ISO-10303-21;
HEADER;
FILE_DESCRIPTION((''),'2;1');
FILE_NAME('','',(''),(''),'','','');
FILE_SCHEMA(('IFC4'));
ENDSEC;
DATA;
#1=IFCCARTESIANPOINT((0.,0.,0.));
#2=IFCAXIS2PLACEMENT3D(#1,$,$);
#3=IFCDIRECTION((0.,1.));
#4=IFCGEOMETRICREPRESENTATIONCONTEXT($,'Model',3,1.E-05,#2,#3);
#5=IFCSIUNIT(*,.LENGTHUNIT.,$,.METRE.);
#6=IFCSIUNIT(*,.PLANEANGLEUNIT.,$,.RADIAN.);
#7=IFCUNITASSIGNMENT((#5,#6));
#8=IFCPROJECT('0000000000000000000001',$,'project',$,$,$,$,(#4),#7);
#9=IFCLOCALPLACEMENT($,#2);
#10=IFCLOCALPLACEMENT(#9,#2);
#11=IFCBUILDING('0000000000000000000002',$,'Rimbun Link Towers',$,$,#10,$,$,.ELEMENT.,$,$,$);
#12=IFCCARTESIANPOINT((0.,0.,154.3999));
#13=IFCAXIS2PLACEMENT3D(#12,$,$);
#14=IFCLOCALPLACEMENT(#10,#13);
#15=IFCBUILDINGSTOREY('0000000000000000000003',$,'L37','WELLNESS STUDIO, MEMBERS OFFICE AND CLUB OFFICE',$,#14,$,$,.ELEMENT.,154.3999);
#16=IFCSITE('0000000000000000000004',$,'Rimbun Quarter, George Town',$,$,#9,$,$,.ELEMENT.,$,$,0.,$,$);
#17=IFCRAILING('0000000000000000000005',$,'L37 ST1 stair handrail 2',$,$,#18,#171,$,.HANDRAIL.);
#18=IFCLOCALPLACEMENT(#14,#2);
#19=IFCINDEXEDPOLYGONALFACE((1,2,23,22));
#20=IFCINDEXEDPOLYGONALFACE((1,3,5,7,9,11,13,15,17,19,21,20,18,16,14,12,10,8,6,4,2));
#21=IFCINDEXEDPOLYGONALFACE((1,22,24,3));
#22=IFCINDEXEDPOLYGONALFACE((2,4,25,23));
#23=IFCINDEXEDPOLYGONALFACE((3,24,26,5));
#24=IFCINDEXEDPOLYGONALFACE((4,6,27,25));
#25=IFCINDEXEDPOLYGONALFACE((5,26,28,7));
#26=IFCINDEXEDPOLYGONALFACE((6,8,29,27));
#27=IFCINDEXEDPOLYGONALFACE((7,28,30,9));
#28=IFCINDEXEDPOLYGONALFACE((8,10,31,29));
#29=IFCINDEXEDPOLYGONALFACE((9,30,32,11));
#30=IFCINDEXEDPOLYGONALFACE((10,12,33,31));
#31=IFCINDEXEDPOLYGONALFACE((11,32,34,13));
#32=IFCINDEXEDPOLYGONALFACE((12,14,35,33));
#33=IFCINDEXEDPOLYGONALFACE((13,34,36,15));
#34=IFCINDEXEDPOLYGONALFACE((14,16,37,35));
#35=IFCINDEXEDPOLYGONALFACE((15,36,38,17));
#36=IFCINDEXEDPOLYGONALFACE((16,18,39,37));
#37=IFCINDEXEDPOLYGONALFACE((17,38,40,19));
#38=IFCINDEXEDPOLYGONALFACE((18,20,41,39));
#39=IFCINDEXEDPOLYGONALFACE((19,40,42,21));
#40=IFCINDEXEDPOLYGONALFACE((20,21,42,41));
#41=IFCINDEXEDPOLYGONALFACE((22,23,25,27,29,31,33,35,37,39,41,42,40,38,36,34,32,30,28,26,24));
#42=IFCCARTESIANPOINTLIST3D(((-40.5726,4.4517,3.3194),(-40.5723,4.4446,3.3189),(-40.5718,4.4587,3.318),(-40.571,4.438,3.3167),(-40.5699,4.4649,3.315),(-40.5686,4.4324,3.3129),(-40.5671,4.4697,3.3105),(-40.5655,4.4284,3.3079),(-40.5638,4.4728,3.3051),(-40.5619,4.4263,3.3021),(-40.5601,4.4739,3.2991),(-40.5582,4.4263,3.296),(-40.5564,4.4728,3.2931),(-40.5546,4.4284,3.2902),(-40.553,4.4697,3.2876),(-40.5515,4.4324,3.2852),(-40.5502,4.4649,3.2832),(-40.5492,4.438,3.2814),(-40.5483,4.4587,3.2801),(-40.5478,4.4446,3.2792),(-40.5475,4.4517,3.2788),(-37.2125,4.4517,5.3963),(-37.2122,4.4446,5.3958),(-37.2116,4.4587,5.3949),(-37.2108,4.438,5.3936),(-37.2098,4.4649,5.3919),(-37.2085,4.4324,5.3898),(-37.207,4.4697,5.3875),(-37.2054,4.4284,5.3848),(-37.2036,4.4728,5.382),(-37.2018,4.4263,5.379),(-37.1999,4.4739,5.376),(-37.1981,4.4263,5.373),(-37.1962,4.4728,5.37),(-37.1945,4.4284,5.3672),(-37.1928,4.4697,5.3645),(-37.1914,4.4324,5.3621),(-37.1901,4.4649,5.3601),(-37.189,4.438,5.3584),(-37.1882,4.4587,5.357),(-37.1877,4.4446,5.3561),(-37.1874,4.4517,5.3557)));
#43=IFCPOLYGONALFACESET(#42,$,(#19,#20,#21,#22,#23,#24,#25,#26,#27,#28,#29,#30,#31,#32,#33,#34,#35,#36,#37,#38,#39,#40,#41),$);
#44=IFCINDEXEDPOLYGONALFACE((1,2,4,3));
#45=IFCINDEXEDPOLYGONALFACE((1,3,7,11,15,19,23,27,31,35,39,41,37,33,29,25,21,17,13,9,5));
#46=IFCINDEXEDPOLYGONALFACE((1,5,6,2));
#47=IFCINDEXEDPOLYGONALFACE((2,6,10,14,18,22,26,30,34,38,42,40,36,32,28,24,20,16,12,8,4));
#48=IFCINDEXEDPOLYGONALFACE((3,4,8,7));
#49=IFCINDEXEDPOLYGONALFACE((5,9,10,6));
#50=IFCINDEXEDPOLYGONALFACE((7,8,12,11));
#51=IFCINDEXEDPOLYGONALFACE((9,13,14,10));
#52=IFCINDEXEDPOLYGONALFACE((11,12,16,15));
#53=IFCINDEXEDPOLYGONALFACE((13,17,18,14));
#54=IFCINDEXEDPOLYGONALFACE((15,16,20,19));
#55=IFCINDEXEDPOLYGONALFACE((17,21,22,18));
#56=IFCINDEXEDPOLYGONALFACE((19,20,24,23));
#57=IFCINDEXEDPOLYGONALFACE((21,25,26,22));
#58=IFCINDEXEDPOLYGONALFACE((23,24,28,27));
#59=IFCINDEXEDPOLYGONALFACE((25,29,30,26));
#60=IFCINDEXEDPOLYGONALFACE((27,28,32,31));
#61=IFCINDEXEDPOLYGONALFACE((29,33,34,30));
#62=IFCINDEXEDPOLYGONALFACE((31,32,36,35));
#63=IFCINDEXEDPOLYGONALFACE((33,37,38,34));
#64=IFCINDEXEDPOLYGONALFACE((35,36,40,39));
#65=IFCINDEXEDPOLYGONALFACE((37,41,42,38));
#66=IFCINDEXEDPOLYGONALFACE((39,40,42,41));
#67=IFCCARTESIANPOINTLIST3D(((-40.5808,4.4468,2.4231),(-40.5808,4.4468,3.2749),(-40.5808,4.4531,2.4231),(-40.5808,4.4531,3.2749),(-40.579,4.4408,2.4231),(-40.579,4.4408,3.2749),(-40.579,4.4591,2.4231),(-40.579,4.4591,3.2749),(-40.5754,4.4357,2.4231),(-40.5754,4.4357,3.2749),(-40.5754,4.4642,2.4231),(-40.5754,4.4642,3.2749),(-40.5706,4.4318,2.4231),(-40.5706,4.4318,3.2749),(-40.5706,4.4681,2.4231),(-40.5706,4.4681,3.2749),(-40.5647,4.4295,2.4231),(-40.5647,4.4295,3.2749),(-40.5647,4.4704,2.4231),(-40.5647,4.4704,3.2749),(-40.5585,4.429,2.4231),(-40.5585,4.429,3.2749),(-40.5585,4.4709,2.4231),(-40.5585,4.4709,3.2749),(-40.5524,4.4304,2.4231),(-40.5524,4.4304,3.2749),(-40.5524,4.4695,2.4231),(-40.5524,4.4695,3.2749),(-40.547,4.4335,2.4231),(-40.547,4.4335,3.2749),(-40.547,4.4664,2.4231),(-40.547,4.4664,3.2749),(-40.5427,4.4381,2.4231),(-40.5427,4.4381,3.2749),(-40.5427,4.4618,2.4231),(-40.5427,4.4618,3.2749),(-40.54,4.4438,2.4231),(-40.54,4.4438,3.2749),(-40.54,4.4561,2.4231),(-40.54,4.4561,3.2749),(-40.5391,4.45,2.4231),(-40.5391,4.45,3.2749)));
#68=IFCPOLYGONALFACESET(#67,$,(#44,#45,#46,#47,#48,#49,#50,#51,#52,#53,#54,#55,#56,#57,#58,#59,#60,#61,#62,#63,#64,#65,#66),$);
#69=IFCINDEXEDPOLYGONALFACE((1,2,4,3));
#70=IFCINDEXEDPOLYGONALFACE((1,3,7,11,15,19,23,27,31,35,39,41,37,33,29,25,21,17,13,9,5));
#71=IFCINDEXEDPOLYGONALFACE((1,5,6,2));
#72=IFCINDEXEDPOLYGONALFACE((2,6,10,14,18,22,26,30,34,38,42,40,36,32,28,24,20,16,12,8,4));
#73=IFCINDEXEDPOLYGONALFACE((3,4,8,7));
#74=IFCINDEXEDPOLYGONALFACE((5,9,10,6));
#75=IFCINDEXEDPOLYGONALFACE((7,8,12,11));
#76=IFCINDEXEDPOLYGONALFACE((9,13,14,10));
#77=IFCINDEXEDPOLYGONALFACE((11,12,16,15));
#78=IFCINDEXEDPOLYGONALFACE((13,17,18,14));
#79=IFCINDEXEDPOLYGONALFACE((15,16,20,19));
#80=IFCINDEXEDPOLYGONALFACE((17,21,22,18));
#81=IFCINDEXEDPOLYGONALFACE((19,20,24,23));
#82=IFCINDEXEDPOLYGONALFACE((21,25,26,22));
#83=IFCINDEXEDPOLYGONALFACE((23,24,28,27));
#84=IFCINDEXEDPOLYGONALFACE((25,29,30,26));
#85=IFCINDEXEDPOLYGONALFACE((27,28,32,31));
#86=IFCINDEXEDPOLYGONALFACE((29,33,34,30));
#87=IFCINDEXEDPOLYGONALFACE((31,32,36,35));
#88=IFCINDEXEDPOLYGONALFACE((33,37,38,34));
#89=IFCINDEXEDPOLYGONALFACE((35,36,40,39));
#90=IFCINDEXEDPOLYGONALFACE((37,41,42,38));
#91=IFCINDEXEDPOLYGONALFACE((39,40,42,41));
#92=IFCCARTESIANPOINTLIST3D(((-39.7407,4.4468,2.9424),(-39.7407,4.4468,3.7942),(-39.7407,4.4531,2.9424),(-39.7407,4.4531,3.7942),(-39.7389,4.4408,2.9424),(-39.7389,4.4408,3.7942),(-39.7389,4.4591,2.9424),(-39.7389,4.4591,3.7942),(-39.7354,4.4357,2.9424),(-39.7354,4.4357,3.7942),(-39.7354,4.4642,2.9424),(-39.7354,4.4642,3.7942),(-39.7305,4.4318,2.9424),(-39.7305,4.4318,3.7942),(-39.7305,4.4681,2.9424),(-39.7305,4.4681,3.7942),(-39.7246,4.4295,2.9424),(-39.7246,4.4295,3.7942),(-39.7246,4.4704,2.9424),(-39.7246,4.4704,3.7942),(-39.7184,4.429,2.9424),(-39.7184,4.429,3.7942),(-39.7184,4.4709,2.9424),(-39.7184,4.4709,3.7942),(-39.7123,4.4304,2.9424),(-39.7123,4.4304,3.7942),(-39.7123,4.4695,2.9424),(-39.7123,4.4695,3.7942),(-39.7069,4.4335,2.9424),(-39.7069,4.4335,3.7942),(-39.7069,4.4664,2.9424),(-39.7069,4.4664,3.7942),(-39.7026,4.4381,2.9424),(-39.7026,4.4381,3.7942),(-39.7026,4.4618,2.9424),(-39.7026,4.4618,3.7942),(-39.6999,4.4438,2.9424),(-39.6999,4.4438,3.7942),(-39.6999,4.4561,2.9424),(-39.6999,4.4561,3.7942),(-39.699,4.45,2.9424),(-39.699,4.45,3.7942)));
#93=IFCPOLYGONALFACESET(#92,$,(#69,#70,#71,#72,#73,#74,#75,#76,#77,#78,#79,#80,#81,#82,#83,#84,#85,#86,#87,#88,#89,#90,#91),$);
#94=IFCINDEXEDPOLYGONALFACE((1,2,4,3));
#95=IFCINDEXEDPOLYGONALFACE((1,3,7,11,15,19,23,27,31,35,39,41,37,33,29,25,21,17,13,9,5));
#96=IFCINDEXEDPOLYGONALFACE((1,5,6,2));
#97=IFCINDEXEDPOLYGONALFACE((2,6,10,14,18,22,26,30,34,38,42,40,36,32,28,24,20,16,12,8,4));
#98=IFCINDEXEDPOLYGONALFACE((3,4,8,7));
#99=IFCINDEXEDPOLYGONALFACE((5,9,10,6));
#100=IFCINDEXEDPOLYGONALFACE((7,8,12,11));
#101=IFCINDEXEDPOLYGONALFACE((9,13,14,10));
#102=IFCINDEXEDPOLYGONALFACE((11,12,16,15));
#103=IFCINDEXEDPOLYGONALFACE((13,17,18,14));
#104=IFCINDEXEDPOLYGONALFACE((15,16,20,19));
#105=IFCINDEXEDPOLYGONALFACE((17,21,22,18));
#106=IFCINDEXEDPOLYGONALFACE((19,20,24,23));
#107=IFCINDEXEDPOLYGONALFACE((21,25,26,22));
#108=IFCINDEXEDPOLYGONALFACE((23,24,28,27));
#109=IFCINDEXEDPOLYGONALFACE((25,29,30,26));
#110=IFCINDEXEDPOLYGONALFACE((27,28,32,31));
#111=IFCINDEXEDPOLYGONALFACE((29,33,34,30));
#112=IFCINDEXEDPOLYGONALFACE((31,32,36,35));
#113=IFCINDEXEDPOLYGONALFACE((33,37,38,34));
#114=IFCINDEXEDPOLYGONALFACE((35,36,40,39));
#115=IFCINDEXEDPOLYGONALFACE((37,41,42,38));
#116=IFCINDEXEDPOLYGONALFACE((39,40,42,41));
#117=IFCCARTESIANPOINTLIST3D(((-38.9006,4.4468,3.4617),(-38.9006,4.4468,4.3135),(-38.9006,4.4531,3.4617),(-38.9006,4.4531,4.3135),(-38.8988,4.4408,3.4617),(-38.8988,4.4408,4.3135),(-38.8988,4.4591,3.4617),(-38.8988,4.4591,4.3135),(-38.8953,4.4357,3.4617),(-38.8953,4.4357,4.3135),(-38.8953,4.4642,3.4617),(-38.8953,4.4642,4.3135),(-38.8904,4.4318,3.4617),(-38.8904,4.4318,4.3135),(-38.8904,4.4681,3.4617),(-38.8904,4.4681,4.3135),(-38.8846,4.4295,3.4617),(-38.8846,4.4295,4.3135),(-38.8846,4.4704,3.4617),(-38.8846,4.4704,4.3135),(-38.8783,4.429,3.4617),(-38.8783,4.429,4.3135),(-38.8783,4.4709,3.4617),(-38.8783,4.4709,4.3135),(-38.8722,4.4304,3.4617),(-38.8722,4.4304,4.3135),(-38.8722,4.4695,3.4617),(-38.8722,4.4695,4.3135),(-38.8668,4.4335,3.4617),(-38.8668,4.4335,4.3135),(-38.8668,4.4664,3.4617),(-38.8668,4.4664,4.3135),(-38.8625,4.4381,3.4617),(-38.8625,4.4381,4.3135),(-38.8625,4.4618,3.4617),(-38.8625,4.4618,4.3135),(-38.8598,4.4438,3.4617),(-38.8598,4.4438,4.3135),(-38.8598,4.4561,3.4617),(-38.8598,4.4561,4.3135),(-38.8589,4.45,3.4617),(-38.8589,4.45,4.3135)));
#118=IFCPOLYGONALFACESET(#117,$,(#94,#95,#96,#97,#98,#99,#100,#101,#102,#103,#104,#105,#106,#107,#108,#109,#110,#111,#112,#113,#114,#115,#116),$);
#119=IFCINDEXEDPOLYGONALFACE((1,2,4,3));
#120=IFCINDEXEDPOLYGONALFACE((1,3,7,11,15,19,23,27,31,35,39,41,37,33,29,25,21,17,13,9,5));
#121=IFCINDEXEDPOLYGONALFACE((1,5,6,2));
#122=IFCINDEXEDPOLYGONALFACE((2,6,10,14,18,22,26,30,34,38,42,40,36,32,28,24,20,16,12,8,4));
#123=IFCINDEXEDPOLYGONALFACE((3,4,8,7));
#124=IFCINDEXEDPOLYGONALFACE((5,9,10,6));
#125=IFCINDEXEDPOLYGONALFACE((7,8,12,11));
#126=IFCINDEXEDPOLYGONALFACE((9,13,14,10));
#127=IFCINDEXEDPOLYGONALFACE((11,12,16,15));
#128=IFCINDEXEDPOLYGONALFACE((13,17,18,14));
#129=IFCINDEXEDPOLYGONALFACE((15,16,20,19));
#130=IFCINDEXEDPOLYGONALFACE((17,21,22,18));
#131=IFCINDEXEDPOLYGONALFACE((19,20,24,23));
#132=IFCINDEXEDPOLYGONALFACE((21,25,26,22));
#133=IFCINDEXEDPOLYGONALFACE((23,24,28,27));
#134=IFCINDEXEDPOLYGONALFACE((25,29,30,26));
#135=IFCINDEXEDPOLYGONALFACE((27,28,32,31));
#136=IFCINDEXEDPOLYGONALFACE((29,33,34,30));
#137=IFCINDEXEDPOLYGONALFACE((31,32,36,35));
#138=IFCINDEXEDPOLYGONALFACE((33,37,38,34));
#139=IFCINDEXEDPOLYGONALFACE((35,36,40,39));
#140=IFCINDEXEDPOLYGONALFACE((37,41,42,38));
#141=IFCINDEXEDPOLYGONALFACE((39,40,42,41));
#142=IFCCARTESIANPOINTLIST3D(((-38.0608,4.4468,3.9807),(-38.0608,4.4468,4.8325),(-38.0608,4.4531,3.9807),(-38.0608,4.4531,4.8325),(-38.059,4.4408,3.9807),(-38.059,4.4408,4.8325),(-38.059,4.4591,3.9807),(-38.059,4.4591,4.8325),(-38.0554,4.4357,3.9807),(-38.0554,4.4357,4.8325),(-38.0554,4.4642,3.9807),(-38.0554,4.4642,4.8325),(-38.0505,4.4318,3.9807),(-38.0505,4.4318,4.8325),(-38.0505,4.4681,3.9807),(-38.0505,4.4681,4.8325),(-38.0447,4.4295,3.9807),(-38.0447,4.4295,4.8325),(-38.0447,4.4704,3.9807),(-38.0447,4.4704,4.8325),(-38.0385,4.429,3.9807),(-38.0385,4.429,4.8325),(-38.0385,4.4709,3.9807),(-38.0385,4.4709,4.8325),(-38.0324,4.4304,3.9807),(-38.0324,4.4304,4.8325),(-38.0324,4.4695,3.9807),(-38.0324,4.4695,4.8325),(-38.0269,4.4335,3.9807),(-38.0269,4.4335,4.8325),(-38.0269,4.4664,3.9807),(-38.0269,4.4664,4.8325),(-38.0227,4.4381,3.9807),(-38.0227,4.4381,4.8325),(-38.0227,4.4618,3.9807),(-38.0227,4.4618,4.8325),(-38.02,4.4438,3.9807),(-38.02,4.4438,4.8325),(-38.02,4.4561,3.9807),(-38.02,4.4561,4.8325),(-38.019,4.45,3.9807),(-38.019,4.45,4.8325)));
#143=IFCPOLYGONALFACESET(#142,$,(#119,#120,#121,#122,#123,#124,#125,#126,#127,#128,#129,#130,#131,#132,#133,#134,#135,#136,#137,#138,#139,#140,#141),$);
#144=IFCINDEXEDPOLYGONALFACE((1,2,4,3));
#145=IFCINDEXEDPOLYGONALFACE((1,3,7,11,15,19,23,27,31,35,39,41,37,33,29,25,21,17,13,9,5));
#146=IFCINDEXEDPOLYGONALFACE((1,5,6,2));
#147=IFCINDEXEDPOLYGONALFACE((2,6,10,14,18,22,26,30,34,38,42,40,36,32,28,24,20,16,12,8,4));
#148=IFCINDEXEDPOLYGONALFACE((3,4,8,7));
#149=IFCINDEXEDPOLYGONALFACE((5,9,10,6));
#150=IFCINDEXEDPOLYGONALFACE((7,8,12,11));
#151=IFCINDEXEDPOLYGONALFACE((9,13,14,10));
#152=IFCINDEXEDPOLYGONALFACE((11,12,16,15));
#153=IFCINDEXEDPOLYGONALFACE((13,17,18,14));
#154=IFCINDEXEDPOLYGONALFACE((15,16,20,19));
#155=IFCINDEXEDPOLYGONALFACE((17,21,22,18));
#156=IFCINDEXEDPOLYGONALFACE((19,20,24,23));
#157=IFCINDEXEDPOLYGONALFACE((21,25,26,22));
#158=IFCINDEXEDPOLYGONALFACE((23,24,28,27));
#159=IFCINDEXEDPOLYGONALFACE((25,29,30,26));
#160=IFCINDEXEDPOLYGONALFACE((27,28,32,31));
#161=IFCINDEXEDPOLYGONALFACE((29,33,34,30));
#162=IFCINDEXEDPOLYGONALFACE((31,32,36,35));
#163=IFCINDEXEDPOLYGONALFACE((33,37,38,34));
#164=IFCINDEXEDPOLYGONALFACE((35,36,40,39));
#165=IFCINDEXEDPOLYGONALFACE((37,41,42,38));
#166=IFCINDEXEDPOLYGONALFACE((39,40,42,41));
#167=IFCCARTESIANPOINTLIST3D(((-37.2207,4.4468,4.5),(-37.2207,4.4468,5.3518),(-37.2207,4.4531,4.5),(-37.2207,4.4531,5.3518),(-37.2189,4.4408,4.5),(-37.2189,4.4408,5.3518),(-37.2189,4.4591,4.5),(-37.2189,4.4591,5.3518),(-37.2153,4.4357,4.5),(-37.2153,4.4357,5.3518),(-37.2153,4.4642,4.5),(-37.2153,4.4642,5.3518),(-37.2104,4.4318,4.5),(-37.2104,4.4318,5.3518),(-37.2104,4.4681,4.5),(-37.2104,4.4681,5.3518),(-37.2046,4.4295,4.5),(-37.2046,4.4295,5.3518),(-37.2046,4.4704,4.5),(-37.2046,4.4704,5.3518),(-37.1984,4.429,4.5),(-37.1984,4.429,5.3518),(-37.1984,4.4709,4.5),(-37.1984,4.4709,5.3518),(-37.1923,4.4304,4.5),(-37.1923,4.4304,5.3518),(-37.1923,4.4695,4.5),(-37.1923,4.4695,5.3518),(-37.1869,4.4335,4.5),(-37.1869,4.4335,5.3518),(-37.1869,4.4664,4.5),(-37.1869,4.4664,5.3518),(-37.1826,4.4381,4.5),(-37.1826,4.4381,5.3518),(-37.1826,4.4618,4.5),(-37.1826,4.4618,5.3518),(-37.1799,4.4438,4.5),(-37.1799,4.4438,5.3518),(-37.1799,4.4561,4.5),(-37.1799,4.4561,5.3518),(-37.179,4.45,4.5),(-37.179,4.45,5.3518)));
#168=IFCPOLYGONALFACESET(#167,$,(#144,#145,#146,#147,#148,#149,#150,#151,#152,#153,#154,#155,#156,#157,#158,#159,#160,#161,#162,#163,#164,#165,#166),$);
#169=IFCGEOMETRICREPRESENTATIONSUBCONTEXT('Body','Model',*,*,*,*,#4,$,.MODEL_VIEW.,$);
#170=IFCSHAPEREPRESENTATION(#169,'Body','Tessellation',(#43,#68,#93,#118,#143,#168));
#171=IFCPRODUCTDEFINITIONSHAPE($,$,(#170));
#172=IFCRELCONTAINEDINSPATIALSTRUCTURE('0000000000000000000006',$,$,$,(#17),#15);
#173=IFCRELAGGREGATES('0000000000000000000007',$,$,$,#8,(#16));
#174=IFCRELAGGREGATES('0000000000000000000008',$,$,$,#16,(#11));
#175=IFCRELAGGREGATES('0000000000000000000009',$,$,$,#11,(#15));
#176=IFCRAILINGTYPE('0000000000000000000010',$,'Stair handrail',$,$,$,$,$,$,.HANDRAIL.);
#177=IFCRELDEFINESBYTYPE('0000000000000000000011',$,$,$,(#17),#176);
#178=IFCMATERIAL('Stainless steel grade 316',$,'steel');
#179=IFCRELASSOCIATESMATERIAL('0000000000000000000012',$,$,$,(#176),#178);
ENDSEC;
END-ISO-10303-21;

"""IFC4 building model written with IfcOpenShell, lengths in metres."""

from ifc_helpers import new_model, si_unit, direction, frame, origin, origin_2d, place, context, subcontext, project, spatial, circle, extrude, material, type_object, element, save


model = new_model("IFC4")

# Units and contexts
model_context = context("Model", 3, precision=1e-05, world=origin(), true_north=direction((0.0, 1.0)))
body_context = subcontext(model_context, "Body", "Model", "MODEL_VIEW")
ifc_project = project(units=[si_unit("LENGTHUNIT", "METRE"), si_unit("PLANEANGLEUNIT", "RADIAN")], contexts=[model_context])

# Site, building, storey
site_placement = place(None, origin())
site = spatial("IfcSite", under=ifc_project, at=site_placement, Name="Rimbun Quarter, George Town", CompositionType="ELEMENT", RefElevation=0.0)
building_placement = place(site_placement, origin())
building = spatial("IfcBuilding", under=site, at=building_placement, Name="Rimbun Link Towers", CompositionType="ELEMENT")
storey_placement = place(building_placement, frame((0.0, 0.0, 154.3999)))
storey = spatial("IfcBuildingStorey", under=building, at=storey_placement, Name="L37", Description="WELLNESS STUDIO, MEMBERS OFFICE AND CLUB OFFICE", CompositionType="ELEMENT", Elevation=154.3999)

# Railing
ifc_material_1 = material(Name="Stainless steel grade 316", Category="steel")
railing_type_1 = type_object("IfcRailingType", Name="Stair handrail", PredefinedType="HANDRAIL", material=ifc_material_1)
railing_1_placement = place(storey_placement, frame((-40.5601, 4.45, 2.4231)))
element("IfcRailing", 1, at=railing_1_placement, inside=storey, type_object=railing_type_1, Name="L37 ST1 stair handrail 2", PredefinedType="HANDRAIL", context=body_context, shape_type="SweptSolid", body=[
    extrude(circle(Radius=0.0239, at=origin_2d()), frame((0.0, 0.0, 0.876), z_axis=(0.850623, 0.0, 0.525776), x_axis=(0.0, 1.0, 0.0)), (0.0, 0.0, 1.0), 3.9502),
    extrude(circle(Radius=0.021, at=origin_2d()), origin(), (0.0, 0.0, 1.0), 0.8518),
    extrude(circle(Radius=0.021, at=origin_2d()), frame((0.8401, 0.0, 0.5193)), (0.0, 0.0, 1.0), 0.8518),
    extrude(circle(Radius=0.021, at=origin_2d()), frame((1.6802, 0.0, 1.0386)), (0.0, 0.0, 1.0), 0.8518),
    extrude(circle(Radius=0.021, at=origin_2d()), frame((2.52, 0.0, 1.5576)), (0.0, 0.0, 1.0), 0.8518),
    extrude(circle(Radius=0.021, at=origin_2d()), frame((3.3601, 0.0, 2.0769)), (0.0, 0.0, 1.0), 0.8518),
])

save(model, "model.ifc")
